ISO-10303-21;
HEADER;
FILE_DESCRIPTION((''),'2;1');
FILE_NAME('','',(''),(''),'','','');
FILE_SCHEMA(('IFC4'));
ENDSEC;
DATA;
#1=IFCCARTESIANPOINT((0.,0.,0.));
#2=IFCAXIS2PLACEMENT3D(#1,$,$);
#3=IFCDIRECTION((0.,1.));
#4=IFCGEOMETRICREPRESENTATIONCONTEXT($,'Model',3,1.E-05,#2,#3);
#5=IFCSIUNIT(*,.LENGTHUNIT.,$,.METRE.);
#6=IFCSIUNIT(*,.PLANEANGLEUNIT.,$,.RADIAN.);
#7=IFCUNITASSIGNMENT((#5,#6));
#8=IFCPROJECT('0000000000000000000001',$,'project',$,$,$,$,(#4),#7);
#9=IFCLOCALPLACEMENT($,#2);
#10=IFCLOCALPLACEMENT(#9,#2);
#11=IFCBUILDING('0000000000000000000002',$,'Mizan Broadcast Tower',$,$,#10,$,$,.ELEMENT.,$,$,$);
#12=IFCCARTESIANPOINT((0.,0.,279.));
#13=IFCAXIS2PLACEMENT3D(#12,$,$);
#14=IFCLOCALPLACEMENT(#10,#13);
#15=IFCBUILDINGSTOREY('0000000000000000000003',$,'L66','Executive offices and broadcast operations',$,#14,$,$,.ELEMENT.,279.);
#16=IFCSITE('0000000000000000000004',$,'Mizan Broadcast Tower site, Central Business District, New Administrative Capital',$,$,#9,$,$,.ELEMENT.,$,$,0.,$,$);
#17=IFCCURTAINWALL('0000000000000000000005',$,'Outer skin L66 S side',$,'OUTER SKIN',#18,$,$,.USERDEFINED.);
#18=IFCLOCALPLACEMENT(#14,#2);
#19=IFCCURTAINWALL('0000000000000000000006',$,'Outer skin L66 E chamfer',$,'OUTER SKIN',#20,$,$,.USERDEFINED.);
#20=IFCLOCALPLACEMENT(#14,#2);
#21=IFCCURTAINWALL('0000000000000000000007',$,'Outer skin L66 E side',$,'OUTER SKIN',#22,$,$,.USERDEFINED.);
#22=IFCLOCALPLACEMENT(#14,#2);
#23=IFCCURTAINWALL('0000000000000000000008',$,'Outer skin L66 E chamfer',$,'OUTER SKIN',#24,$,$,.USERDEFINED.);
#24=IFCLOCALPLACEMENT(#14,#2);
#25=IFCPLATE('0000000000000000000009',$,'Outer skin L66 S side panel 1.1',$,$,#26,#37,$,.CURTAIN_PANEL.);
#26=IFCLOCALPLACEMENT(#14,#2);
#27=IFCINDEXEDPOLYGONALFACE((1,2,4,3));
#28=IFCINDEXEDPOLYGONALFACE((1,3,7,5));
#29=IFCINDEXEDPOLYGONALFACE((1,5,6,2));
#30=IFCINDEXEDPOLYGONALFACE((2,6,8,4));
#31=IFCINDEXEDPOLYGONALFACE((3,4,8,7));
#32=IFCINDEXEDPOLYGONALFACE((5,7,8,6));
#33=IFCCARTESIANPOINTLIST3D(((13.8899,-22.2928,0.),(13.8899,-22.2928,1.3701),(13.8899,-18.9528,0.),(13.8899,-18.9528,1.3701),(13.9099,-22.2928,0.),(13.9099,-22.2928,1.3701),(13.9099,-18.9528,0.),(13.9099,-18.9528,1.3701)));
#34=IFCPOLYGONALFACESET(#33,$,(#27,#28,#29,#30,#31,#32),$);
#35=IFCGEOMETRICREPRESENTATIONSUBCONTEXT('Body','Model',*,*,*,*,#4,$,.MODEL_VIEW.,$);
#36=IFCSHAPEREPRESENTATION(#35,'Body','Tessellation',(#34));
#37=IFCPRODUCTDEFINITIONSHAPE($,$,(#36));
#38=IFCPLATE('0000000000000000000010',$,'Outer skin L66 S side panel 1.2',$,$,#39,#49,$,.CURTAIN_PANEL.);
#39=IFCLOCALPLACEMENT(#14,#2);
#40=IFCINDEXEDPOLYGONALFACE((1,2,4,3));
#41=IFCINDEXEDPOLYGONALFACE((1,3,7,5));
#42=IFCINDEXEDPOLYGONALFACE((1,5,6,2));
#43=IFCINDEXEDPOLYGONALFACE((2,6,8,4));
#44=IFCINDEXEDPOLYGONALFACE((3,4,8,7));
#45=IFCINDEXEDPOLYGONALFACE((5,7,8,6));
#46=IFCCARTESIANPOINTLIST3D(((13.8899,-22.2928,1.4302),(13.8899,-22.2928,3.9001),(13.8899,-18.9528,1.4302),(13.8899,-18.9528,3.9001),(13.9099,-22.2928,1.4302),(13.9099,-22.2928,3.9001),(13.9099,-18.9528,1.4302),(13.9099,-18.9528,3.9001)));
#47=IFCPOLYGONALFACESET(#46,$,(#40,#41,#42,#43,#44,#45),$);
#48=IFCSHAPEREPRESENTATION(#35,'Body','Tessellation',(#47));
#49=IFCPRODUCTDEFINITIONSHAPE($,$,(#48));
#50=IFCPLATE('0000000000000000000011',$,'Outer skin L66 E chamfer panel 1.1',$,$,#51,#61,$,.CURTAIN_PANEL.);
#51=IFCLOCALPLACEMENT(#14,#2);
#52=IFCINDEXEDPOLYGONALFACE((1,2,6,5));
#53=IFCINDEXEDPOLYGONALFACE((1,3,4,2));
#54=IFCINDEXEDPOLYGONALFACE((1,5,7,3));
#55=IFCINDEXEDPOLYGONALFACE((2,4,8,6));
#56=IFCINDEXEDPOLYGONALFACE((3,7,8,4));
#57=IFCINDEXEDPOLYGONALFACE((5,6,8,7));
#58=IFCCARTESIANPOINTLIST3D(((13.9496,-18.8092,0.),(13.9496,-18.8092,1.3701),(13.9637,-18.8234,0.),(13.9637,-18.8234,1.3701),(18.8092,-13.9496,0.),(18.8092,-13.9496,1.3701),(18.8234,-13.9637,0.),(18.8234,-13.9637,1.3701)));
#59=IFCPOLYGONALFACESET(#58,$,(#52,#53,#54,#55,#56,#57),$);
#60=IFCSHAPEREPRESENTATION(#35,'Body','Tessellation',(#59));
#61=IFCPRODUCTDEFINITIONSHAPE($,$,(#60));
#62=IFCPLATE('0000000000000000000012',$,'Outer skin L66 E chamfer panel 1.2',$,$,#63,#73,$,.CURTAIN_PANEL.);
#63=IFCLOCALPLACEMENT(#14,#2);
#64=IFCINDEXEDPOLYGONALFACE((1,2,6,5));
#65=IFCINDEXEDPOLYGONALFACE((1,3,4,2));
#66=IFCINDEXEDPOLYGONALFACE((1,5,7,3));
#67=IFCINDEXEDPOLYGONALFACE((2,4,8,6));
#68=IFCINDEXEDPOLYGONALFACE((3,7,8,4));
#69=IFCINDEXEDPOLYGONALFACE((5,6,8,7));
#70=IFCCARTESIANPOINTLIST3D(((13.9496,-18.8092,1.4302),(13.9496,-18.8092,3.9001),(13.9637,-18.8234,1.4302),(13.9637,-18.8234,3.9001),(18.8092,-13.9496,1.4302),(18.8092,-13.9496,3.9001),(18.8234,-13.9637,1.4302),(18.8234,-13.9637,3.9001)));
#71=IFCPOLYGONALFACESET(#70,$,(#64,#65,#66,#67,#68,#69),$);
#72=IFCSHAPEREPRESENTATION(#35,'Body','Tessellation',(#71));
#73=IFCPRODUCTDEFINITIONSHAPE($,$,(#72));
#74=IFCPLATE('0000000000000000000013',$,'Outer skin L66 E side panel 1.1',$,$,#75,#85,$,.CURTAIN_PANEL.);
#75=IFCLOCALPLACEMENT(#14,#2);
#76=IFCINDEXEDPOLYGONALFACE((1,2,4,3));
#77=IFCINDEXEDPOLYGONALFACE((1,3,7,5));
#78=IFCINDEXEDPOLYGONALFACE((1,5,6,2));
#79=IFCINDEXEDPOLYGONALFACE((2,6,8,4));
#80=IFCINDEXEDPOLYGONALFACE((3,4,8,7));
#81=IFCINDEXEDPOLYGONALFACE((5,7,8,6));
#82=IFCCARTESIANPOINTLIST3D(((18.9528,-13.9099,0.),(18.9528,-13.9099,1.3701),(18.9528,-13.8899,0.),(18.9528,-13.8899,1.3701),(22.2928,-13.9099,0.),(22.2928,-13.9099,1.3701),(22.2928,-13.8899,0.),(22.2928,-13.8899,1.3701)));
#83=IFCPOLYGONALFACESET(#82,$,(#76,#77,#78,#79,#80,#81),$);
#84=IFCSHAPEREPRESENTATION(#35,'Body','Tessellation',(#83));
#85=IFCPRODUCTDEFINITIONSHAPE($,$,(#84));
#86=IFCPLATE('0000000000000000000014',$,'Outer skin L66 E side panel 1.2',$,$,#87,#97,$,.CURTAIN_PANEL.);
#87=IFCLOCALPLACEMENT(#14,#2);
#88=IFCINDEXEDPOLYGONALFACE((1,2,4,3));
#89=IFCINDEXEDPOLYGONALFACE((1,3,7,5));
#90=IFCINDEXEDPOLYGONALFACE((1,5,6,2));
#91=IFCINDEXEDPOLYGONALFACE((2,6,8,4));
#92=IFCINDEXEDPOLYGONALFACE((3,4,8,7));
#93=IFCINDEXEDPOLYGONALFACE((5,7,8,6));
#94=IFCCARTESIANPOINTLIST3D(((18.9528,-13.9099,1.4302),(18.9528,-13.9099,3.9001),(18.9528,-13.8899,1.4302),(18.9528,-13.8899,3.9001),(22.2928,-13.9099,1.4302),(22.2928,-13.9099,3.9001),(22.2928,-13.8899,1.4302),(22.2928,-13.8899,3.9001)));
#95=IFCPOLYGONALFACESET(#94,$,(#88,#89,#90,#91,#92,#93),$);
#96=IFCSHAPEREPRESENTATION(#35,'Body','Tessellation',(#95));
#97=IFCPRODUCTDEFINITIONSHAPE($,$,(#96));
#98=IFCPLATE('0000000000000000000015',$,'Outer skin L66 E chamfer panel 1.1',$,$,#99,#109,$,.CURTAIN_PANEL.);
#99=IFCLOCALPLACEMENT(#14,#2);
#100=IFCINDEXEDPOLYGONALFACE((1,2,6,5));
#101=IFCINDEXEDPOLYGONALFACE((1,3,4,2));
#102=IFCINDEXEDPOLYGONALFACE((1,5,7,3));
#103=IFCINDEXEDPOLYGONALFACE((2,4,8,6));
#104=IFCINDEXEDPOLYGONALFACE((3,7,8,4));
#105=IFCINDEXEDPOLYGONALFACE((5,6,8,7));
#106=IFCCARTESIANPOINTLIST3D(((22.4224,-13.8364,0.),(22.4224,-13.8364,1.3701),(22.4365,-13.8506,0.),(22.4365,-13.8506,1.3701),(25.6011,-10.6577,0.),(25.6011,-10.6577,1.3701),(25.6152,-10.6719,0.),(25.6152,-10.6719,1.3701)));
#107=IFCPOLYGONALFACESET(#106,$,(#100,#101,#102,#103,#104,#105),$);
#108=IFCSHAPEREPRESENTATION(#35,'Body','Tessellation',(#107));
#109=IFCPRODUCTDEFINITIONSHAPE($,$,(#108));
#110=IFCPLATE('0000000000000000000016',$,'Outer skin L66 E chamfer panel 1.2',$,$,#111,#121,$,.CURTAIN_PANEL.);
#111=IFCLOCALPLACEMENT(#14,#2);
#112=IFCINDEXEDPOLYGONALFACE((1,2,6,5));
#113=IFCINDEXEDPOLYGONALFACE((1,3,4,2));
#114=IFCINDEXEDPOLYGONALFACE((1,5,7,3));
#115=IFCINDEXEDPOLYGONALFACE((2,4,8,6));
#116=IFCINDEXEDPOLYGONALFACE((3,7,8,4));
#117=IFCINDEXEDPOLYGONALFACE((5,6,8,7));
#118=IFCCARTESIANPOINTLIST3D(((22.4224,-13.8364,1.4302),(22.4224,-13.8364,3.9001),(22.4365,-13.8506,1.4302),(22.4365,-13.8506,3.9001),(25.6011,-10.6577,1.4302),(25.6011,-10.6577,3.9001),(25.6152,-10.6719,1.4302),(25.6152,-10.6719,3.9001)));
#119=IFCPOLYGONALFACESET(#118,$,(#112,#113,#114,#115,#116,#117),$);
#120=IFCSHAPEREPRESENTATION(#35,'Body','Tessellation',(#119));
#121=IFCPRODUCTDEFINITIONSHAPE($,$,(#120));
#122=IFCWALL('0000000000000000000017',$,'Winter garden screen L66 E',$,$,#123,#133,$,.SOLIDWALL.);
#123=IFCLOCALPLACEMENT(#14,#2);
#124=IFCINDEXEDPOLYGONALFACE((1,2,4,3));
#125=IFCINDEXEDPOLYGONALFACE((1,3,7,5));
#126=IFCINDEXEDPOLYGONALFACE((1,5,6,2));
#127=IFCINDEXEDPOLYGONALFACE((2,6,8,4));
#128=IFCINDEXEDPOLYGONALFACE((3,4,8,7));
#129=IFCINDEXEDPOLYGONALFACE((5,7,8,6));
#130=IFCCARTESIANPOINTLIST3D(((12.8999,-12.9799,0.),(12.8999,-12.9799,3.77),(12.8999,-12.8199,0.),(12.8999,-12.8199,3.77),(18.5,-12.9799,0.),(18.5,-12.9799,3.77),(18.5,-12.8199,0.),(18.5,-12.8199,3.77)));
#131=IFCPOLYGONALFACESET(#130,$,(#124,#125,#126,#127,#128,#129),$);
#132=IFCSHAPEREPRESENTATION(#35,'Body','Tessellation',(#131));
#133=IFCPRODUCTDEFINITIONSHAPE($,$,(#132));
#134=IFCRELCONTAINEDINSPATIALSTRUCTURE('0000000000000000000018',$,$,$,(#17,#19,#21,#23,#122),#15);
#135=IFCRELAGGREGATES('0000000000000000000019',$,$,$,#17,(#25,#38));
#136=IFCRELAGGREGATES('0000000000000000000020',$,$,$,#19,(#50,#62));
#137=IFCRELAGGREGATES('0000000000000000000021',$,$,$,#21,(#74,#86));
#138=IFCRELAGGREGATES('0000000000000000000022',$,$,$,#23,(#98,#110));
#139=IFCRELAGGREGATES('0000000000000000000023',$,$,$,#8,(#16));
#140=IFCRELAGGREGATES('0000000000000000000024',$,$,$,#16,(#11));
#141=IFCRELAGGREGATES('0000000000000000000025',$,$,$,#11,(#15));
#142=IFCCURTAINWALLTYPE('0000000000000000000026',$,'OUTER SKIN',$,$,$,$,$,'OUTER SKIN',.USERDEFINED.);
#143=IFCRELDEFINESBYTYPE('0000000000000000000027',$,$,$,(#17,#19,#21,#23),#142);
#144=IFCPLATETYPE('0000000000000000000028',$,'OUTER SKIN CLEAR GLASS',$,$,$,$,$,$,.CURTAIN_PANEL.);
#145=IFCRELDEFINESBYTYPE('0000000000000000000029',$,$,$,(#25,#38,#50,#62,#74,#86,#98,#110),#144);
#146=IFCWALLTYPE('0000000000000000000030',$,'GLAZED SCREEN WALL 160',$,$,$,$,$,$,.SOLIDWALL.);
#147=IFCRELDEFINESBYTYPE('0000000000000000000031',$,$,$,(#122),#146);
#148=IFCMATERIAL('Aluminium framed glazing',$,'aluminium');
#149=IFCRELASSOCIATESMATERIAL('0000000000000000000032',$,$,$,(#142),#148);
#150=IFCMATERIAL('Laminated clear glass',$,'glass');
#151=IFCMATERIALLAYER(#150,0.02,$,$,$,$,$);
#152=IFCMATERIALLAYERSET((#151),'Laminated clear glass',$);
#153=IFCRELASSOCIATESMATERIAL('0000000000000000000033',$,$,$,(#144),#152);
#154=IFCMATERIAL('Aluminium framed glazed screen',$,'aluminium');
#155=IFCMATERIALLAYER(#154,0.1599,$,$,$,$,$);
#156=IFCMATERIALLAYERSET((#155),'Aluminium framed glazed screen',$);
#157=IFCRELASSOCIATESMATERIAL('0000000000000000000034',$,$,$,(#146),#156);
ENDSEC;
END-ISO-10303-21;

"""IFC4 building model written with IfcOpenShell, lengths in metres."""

from ifc_helpers import new_model, si_unit, direction, frame, frame_2d, origin, origin_2d, place, context, subcontext, project, spatial, rectangle, extrude, material, layer, layer_set, type_object, element, aggregate, save


model = new_model("IFC4")

# Units and contexts
model_context = context("Model", 3, precision=1e-05, world=origin(), true_north=direction((0.0, 1.0)))
body_context = subcontext(model_context, "Body", "Model", "MODEL_VIEW")
ifc_project = project(units=[si_unit("LENGTHUNIT", "METRE"), si_unit("PLANEANGLEUNIT", "RADIAN")], contexts=[model_context])

# Site, building, storey
site_placement = place(None, origin())
site = spatial("IfcSite", under=ifc_project, at=site_placement, Name="Mizan Broadcast Tower site, Central Business District, New Administrative Capital", CompositionType="ELEMENT", RefElevation=0.0)
building_placement = place(site_placement, origin())
building = spatial("IfcBuilding", under=site, at=building_placement, Name="Mizan Broadcast Tower", CompositionType="ELEMENT")
storey_placement = place(building_placement, frame((0.0, 0.0, 279.0)))
storey = spatial("IfcBuildingStorey", under=building, at=storey_placement, Name="L66", Description="Executive offices and broadcast operations", CompositionType="ELEMENT", Elevation=279.0)

# Curtain walls
ifc_material_1 = material(Name="Aluminium framed glazing", Category="aluminium")
curtain_wall_type_1 = type_object("IfcCurtainWallType", Name="OUTER SKIN", ElementType="OUTER SKIN", PredefinedType="USERDEFINED", material=ifc_material_1)
curtain_wall_1_placement = place(storey_placement, origin())
curtain_wall_1 = element("IfcCurtainWall", 1, at=curtain_wall_1_placement, inside=storey, type_object=curtain_wall_type_1, Name="Outer skin L66 S side", ObjectType="OUTER SKIN", PredefinedType="USERDEFINED")
curtain_wall_2_placement = place(storey_placement, origin())
curtain_wall_2 = element("IfcCurtainWall", 2, at=curtain_wall_2_placement, inside=storey, type_object=curtain_wall_type_1, Name="Outer skin L66 E chamfer", ObjectType="OUTER SKIN", PredefinedType="USERDEFINED")
curtain_wall_3_placement = place(storey_placement, origin())
curtain_wall_3 = element("IfcCurtainWall", 3, at=curtain_wall_3_placement, inside=storey, type_object=curtain_wall_type_1, Name="Outer skin L66 E side", ObjectType="OUTER SKIN", PredefinedType="USERDEFINED")

# Curtain wall
curtain_wall_4_placement = place(storey_placement, origin())
curtain_wall_4 = element("IfcCurtainWall", 4, at=curtain_wall_4_placement, inside=storey, type_object=curtain_wall_type_1, Name="Outer skin L66 E chamfer", ObjectType="OUTER SKIN", PredefinedType="USERDEFINED")

# Plates
ifc_material_2 = material(Name="Laminated clear glass", Category="glass")
ifc_layer_1 = layer(ifc_material_2, 0.02)
ifc_layer_set_1 = layer_set([ifc_layer_1], Name="Laminated clear glass")
plate_type_1 = type_object("IfcPlateType", Name="OUTER SKIN CLEAR GLASS", PredefinedType="CURTAIN_PANEL", material=ifc_layer_set_1)
plate_1_placement = place(storey_placement, frame((13.8999, -20.6228, 0.0), z_axis=(0.0, 0.0, 1.0), x_axis=(0.0, 1.0, 0.0)))
plate_1 = element("IfcPlate", 5, at=plate_1_placement, type_object=plate_type_1, Name="Outer skin L66 S side panel 1.1", PredefinedType="CURTAIN_PANEL", context=body_context, shape_type="SweptSolid", body=[
    extrude(rectangle(XDim=3.3401, YDim=0.02, at=origin_2d()), origin(), (0.0, 0.0, 1.0), 1.3701),
])
plate_2_placement = place(storey_placement, frame((13.8999, -20.6228, 1.4302), z_axis=(0.0, 0.0, 1.0), x_axis=(0.0, 1.0, 0.0)))
plate_2 = element("IfcPlate", 6, at=plate_2_placement, type_object=plate_type_1, Name="Outer skin L66 S side panel 1.2", PredefinedType="CURTAIN_PANEL", context=body_context, shape_type="SweptSolid", body=[
    extrude(rectangle(XDim=3.3401, YDim=0.02, at=origin_2d()), origin(), (0.0, 0.0, 1.0), 2.47),
])
aggregate(curtain_wall_1, [plate_1, plate_2])
plate_3_placement = place(storey_placement, frame((16.3865, -16.3865, 0.0), z_axis=(0.0, 0.0, 1.0), x_axis=(0.707107, 0.707107, 0.0)))
plate_3 = element("IfcPlate", 7, at=plate_3_placement, type_object=plate_type_1, Name="Outer skin L66 E chamfer panel 1.1", PredefinedType="CURTAIN_PANEL", context=body_context, shape_type="SweptSolid", body=[
    extrude(rectangle(XDim=6.8726, YDim=0.02, at=origin_2d()), origin(), (0.0, 0.0, 1.0), 1.3701),
])
plate_4_placement = place(storey_placement, frame((16.3865, -16.3865, 1.4302), z_axis=(0.0, 0.0, 1.0), x_axis=(0.707107, 0.707107, 0.0)))
plate_4 = element("IfcPlate", 8, at=plate_4_placement, type_object=plate_type_1, Name="Outer skin L66 E chamfer panel 1.2", PredefinedType="CURTAIN_PANEL", context=body_context, shape_type="SweptSolid", body=[
    extrude(rectangle(XDim=6.8726, YDim=0.02, at=origin_2d()), origin(), (0.0, 0.0, 1.0), 2.47),
])
aggregate(curtain_wall_2, [plate_3, plate_4])
plate_5_placement = place(storey_placement, frame((20.6228, -13.8999, 0.0), z_axis=(0.0, 0.0, 1.0), x_axis=(1.0, 0.0, 0.0)))
plate_5 = element("IfcPlate", 9, at=plate_5_placement, type_object=plate_type_1, Name="Outer skin L66 E side panel 1.1", PredefinedType="CURTAIN_PANEL", context=body_context, shape_type="SweptSolid", body=[
    extrude(rectangle(XDim=3.3401, YDim=0.02, at=origin_2d()), origin(), (0.0, 0.0, 1.0), 1.3701),
])
plate_6_placement = place(storey_placement, frame((20.6228, -13.8999, 1.4302), z_axis=(0.0, 0.0, 1.0), x_axis=(1.0, 0.0, 0.0)))
plate_6 = element("IfcPlate", 10, at=plate_6_placement, type_object=plate_type_1, Name="Outer skin L66 E side panel 1.2", PredefinedType="CURTAIN_PANEL", context=body_context, shape_type="SweptSolid", body=[
    extrude(rectangle(XDim=3.3401, YDim=0.02, at=origin_2d()), origin(), (0.0, 0.0, 1.0), 2.47),
])
aggregate(curtain_wall_3, [plate_5, plate_6])
plate_7_placement = place(storey_placement, frame((24.0188, -12.2542, 0.0), z_axis=(0.0, 0.0, 1.0), x_axis=(0.707107, 0.707107, 0.0)))
plate_7 = element("IfcPlate", 11, at=plate_7_placement, type_object=plate_type_1, Name="Outer skin L66 E chamfer panel 1.1", PredefinedType="CURTAIN_PANEL", context=body_context, shape_type="SweptSolid", body=[
    extrude(rectangle(XDim=4.4954, YDim=0.02, at=origin_2d()), origin(), (0.0, 0.0, 1.0), 1.3701),
])
plate_8_placement = place(storey_placement, frame((24.0188, -12.2542, 1.4302), z_axis=(0.0, 0.0, 1.0), x_axis=(0.707107, 0.707107, 0.0)))
plate_8 = element("IfcPlate", 12, at=plate_8_placement, type_object=plate_type_1, Name="Outer skin L66 E chamfer panel 1.2", PredefinedType="CURTAIN_PANEL", context=body_context, shape_type="SweptSolid", body=[
    extrude(rectangle(XDim=4.4954, YDim=0.02, at=origin_2d()), origin(), (0.0, 0.0, 1.0), 2.47),
])
aggregate(curtain_wall_4, [plate_7, plate_8])

# Wall
ifc_material_3 = material(Name="Aluminium framed glazed screen", Category="aluminium")
ifc_layer_2 = layer(ifc_material_3, 0.1599)
ifc_layer_set_2 = layer_set([ifc_layer_2], Name="Aluminium framed glazed screen")
wall_type = type_object("IfcWallType", Name="GLAZED SCREEN WALL 160", PredefinedType="SOLIDWALL", material=ifc_layer_set_2)
wall_placement = place(storey_placement, frame((12.8999, -12.8999, 0.0), z_axis=(0.0, 0.0, 1.0), x_axis=(1.0, 0.0, 0.0)))
element("IfcWall", 13, at=wall_placement, inside=storey, type_object=wall_type, Name="Winter garden screen L66 E", PredefinedType="SOLIDWALL", context=body_context, shape_type="SweptSolid", body=[
    extrude(rectangle(XDim=5.6001, YDim=0.1599, at=frame_2d((2.8, 0.0))), origin(), (0.0, 0.0, 1.0), 3.77),
])

save(model, "model.ifc")
